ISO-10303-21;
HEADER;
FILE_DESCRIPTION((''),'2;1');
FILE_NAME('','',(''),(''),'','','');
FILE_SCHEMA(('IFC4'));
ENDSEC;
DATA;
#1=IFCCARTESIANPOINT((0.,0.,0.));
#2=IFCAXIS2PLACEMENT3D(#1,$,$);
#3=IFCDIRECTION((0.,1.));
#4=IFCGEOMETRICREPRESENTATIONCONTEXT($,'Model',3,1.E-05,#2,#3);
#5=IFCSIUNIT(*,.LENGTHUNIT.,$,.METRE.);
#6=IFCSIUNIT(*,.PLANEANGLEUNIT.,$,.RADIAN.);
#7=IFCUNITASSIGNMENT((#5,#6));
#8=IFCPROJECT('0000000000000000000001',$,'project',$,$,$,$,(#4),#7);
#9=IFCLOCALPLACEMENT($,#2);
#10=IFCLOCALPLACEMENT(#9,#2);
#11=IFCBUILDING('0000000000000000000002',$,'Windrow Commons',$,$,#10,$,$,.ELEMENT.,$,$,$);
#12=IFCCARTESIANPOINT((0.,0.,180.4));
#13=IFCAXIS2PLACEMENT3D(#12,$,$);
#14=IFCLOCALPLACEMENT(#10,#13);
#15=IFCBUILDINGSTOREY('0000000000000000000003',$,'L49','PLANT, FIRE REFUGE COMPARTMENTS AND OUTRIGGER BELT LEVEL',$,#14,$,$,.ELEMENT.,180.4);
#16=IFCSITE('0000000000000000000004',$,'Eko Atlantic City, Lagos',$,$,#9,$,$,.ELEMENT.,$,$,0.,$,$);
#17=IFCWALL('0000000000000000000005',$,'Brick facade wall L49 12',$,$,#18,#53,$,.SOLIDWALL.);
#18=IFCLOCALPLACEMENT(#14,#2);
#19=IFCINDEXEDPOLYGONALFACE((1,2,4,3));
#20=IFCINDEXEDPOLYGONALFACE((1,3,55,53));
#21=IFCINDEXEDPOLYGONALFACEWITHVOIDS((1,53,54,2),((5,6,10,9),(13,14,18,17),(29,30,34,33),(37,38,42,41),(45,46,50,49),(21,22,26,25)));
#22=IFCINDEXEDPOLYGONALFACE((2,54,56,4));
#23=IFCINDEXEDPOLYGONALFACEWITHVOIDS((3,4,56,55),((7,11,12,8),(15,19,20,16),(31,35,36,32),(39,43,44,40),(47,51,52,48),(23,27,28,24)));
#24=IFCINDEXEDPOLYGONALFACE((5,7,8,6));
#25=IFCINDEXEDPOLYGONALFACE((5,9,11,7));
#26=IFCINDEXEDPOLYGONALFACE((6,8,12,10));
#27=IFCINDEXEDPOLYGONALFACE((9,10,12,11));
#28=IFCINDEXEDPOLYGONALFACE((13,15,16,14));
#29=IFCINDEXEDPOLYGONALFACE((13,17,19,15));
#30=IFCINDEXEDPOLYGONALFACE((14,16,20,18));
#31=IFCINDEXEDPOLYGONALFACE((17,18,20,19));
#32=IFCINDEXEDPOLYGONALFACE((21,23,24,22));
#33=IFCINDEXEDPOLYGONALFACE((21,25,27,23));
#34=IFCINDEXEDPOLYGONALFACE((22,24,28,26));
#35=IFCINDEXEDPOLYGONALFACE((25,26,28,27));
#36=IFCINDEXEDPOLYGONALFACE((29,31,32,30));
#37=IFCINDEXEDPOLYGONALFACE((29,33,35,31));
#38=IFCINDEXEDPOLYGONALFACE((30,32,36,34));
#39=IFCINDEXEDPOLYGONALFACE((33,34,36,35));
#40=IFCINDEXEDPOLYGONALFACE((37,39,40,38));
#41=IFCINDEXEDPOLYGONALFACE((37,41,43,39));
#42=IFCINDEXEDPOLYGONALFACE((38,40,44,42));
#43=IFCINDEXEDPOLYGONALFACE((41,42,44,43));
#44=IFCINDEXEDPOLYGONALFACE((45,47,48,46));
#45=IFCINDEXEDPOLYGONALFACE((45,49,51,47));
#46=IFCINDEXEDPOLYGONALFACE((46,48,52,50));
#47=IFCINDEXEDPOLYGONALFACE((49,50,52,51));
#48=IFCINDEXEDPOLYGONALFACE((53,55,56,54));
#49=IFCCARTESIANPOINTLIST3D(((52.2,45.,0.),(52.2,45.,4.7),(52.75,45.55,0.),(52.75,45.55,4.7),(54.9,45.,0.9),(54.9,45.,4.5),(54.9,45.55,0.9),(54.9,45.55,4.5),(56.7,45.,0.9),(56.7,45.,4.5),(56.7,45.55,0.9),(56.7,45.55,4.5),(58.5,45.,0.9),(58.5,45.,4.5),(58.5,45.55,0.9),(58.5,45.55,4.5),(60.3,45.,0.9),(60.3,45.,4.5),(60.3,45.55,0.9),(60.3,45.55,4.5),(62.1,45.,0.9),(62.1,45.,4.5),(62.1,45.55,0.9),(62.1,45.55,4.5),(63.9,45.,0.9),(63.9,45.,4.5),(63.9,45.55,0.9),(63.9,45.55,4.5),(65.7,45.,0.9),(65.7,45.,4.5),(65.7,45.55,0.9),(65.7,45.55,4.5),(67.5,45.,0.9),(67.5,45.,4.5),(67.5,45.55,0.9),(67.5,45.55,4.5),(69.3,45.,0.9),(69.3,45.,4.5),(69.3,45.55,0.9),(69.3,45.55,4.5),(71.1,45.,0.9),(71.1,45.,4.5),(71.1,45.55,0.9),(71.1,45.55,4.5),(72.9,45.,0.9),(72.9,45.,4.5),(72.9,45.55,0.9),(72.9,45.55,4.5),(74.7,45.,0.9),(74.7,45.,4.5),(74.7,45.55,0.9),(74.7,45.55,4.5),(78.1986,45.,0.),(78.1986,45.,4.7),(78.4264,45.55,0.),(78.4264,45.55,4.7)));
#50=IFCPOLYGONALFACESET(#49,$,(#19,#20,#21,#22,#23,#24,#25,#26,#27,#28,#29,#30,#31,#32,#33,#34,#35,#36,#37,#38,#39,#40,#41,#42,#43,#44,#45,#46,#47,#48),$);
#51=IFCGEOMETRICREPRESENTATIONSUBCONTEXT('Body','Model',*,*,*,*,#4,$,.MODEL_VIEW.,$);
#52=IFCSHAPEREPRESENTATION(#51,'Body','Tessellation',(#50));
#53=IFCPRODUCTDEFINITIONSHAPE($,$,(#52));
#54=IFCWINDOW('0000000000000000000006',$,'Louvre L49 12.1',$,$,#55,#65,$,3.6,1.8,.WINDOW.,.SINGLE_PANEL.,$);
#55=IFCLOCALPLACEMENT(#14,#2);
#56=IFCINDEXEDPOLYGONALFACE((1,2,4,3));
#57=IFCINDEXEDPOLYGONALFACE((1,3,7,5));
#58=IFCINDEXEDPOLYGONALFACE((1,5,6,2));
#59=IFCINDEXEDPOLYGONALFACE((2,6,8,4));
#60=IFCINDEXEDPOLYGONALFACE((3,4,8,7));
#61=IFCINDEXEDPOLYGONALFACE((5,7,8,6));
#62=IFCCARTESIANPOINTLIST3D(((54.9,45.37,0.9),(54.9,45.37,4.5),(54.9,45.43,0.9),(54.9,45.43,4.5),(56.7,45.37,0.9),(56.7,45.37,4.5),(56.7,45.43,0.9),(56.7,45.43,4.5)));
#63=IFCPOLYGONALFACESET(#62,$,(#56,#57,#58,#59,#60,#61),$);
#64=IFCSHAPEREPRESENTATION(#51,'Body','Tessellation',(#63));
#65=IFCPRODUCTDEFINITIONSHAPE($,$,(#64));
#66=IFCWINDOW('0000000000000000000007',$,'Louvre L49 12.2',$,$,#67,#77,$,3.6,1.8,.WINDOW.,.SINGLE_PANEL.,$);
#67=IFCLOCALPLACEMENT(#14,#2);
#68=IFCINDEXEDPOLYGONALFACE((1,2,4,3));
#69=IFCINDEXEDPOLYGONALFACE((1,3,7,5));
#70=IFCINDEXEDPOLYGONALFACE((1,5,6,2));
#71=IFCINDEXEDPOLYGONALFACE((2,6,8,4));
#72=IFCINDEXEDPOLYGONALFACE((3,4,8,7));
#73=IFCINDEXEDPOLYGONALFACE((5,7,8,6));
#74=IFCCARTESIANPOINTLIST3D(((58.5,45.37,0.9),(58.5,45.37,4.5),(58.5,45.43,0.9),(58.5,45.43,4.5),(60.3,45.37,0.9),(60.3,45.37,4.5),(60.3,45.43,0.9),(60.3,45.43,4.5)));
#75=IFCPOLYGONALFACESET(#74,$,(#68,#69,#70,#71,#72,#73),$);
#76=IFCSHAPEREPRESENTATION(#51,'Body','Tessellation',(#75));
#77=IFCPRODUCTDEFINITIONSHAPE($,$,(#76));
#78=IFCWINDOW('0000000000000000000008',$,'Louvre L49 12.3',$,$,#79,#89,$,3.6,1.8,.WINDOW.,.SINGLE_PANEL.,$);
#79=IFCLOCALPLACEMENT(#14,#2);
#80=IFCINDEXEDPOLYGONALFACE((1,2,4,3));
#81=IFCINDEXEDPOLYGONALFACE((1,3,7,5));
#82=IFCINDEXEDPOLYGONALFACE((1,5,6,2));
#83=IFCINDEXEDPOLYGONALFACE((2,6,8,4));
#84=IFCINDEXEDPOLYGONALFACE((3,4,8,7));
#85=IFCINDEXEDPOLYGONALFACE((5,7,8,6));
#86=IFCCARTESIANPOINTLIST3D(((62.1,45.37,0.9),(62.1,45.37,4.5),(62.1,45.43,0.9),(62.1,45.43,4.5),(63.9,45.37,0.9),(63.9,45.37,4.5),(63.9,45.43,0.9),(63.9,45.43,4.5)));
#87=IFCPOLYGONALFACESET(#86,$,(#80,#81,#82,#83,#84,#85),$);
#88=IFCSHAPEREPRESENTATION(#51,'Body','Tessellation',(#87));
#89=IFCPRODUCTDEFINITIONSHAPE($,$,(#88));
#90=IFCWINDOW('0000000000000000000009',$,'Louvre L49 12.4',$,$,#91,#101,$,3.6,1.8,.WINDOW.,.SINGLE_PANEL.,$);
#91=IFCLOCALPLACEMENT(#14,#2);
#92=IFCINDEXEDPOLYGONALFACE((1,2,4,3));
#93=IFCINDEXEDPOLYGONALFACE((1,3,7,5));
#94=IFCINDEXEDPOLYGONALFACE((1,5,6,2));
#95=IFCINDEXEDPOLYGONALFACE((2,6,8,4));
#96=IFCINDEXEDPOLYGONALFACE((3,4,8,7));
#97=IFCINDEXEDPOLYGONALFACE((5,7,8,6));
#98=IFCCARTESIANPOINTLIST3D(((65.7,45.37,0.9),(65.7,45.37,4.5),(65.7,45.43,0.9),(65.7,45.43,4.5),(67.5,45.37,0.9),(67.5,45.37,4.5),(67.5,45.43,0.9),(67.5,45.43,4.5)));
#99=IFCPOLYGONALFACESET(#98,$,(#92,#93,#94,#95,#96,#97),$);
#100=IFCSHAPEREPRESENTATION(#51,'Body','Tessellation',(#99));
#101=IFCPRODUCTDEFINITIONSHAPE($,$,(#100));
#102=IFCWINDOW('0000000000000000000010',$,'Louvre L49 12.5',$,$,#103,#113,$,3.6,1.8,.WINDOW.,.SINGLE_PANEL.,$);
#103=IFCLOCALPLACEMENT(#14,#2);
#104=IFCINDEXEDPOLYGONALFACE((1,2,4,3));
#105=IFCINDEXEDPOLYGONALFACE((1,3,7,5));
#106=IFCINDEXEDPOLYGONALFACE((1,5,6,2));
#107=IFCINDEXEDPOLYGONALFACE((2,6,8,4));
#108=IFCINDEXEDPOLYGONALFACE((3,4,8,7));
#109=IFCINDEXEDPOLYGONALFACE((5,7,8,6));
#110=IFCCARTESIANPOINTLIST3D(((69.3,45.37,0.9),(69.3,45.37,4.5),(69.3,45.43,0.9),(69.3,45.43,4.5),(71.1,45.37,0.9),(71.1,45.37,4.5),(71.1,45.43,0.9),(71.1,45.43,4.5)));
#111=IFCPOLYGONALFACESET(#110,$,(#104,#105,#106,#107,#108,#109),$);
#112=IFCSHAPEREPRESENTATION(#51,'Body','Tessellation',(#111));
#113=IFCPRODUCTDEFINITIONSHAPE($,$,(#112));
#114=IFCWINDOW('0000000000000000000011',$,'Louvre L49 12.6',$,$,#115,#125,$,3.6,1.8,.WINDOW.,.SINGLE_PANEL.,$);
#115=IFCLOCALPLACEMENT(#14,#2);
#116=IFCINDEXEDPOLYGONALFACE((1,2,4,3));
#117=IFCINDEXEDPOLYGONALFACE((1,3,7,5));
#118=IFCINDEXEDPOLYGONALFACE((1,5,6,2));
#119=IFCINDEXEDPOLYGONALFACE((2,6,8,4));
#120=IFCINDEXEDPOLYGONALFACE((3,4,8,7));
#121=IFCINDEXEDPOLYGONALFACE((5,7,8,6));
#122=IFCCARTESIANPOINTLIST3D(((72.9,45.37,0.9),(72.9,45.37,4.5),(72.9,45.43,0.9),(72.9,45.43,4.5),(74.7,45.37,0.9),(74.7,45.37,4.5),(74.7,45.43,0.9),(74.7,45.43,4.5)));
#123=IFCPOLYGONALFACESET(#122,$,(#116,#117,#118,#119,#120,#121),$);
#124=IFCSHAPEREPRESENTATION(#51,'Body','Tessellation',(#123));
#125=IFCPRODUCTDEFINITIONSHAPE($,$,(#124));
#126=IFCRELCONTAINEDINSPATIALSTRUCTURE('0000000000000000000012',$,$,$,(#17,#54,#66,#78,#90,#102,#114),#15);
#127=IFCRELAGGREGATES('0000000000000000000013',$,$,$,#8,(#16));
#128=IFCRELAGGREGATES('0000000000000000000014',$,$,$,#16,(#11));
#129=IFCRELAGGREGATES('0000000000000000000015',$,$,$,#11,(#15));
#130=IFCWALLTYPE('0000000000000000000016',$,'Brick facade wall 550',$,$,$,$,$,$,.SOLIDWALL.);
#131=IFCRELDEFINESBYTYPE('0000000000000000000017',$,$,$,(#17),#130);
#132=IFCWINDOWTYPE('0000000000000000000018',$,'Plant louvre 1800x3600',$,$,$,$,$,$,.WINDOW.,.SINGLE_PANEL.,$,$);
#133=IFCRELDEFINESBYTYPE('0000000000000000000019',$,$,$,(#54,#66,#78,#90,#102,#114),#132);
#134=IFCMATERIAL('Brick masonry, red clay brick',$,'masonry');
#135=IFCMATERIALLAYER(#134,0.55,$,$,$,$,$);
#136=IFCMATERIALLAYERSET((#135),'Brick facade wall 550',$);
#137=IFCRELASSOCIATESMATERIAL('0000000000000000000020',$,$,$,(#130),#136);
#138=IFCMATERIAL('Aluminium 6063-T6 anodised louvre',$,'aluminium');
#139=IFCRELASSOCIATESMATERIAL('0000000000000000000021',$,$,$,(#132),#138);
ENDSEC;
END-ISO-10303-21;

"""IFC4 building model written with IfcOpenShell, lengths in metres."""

from ifc_helpers import new_model, si_unit, direction, frame, frame_2d, origin, place, context, subcontext, project, spatial, polyline, rectangle, outline, extrude, material, layer, layer_set, type_object, element, fill, save


model = new_model("IFC4")

# Units and contexts
model_context = context("Model", 3, precision=1e-05, world=origin(), true_north=direction((0.0, 1.0)))
body_context = subcontext(model_context, "Body", "Model", "MODEL_VIEW")
ifc_project = project(units=[si_unit("LENGTHUNIT", "METRE"), si_unit("PLANEANGLEUNIT", "RADIAN")], contexts=[model_context])

# Site, building, storey
site_placement = place(None, origin())
site = spatial("IfcSite", under=ifc_project, at=site_placement, Name="Eko Atlantic City, Lagos", CompositionType="ELEMENT", RefElevation=0.0)
building_placement = place(site_placement, origin())
building = spatial("IfcBuilding", under=site, at=building_placement, Name="Windrow Commons", CompositionType="ELEMENT")
storey_placement = place(building_placement, frame((0.0, 0.0, 180.4)))
storey = spatial("IfcBuildingStorey", under=building, at=storey_placement, Name="L49", Description="PLANT, FIRE REFUGE COMPARTMENTS AND OUTRIGGER BELT LEVEL", CompositionType="ELEMENT", Elevation=180.4)

# Wall, openings, windows
ifc_material_1 = material(Name="Brick masonry, red clay brick", Category="masonry")
ifc_layer_1 = layer(ifc_material_1, 0.55)
ifc_layer_set_1 = layer_set([ifc_layer_1], Name="Brick facade wall 550")
wall_type_1 = type_object("IfcWallType", Name="Brick facade wall 550", PredefinedType="SOLIDWALL", material=ifc_layer_set_1)
wall_1_placement = place(storey_placement, frame((52.475, 45.275, 0.0), z_axis=(0.0, 0.0, 1.0), x_axis=(1.0, 0.0, 0.0)))
wall_1 = element("IfcWall", 1, at=wall_1_placement, inside=storey, type_object=wall_type_1, Name="Brick facade wall L49 12", PredefinedType="SOLIDWALL", context=body_context, shape_type="SweptSolid", body=[
    extrude(outline(polyline([(-0.275, -0.275), (25.7236, -0.275), (25.9514, 0.275), (0.275, 0.275), (-0.275, -0.275)])), origin(), (0.0, 0.0, 1.0), 4.7),
])
opening_1_placement = place(wall_1_placement, frame((2.425, 0.0, 0.9)))
opening_1 = element("IfcOpeningElement", 2, at=opening_1_placement, cuts=wall_1, PredefinedType="OPENING", context=body_context, shape_type="SweptSolid", body=[
    extrude(rectangle(XDim=1.8, YDim=3.6, at=frame_2d((0.9, 1.8))), frame((0.0, 0.285, 0.0), z_axis=(0.0, -1.0, 0.0), x_axis=(1.0, 0.0, 0.0)), (0.0, 0.0, 1.0), 0.57),
])
opening_2_placement = place(wall_1_placement, frame((6.025, 0.0, 0.9)))
opening_2 = element("IfcOpeningElement", 3, at=opening_2_placement, cuts=wall_1, PredefinedType="OPENING", context=body_context, shape_type="SweptSolid", body=[
    extrude(rectangle(XDim=1.8, YDim=3.6, at=frame_2d((0.9, 1.8))), frame((0.0, 0.285, 0.0), z_axis=(0.0, -1.0, 0.0), x_axis=(1.0, 0.0, 0.0)), (0.0, 0.0, 1.0), 0.57),
])
opening_3_placement = place(wall_1_placement, frame((9.625, 0.0, 0.9)))
opening_3 = element("IfcOpeningElement", 4, at=opening_3_placement, cuts=wall_1, PredefinedType="OPENING", context=body_context, shape_type="SweptSolid", body=[
    extrude(rectangle(XDim=1.8, YDim=3.6, at=frame_2d((0.9, 1.8))), frame((0.0, 0.285, 0.0), z_axis=(0.0, -1.0, 0.0), x_axis=(1.0, 0.0, 0.0)), (0.0, 0.0, 1.0), 0.57),
])
opening_4_placement = place(wall_1_placement, frame((13.225, 0.0, 0.9)))
opening_4 = element("IfcOpeningElement", 5, at=opening_4_placement, cuts=wall_1, PredefinedType="OPENING", context=body_context, shape_type="SweptSolid", body=[
    extrude(rectangle(XDim=1.8, YDim=3.6, at=frame_2d((0.9, 1.8))), frame((0.0, 0.285, 0.0), z_axis=(0.0, -1.0, 0.0), x_axis=(1.0, 0.0, 0.0)), (0.0, 0.0, 1.0), 0.57),
])
opening_5_placement = place(wall_1_placement, frame((16.825, 0.0, 0.9)))
opening_5 = element("IfcOpeningElement", 6, at=opening_5_placement, cuts=wall_1, PredefinedType="OPENING", context=body_context, shape_type="SweptSolid", body=[
    extrude(rectangle(XDim=1.8, YDim=3.6, at=frame_2d((0.9, 1.8))), frame((0.0, 0.285, 0.0), z_axis=(0.0, -1.0, 0.0), x_axis=(1.0, 0.0, 0.0)), (0.0, 0.0, 1.0), 0.57),
])
opening_6_placement = place(wall_1_placement, frame((20.425, 0.0, 0.9)))
opening_6 = element("IfcOpeningElement", 7, at=opening_6_placement, cuts=wall_1, PredefinedType="OPENING", context=body_context, shape_type="SweptSolid", body=[
    extrude(rectangle(XDim=1.8, YDim=3.6, at=frame_2d((0.9, 1.8))), frame((0.0, 0.285, 0.0), z_axis=(0.0, -1.0, 0.0), x_axis=(1.0, 0.0, 0.0)), (0.0, 0.0, 1.0), 0.57),
])
ifc_material_2 = material(Name="Aluminium 6063-T6 anodised louvre", Category="aluminium")
window_type = type_object("IfcWindowType", Name="Plant louvre 1800x3600", PartitioningType="SINGLE_PANEL", PredefinedType="WINDOW", material=ifc_material_2)
window_1_placement = place(opening_1_placement, origin())
window_1 = element("IfcWindow", 8, at=window_1_placement, inside=storey, type_object=window_type, Name="Louvre L49 12.1", OverallHeight=3.6, OverallWidth=1.8, PartitioningType="SINGLE_PANEL", PredefinedType="WINDOW", context=body_context, shape_type="SweptSolid", body=[
    extrude(rectangle(XDim=1.8, YDim=3.6, at=frame_2d((0.9, 1.8))), frame((0.0, 0.155, 0.0), z_axis=(0.0, -1.0, 0.0), x_axis=(1.0, 0.0, 0.0)), (0.0, 0.0, 1.0), 0.06),
])
fill(opening_1, window_1)
window_2_placement = place(opening_2_placement, origin())
window_2 = element("IfcWindow", 9, at=window_2_placement, inside=storey, type_object=window_type, Name="Louvre L49 12.2", OverallHeight=3.6, OverallWidth=1.8, PartitioningType="SINGLE_PANEL", PredefinedType="WINDOW", context=body_context, shape_type="SweptSolid", body=[
    extrude(rectangle(XDim=1.8, YDim=3.6, at=frame_2d((0.9, 1.8))), frame((0.0, 0.155, 0.0), z_axis=(0.0, -1.0, 0.0), x_axis=(1.0, 0.0, 0.0)), (0.0, 0.0, 1.0), 0.06),
])
fill(opening_2, window_2)
window_3_placement = place(opening_3_placement, origin())
window_3 = element("IfcWindow", 10, at=window_3_placement, inside=storey, type_object=window_type, Name="Louvre L49 12.3", OverallHeight=3.6, OverallWidth=1.8, PartitioningType="SINGLE_PANEL", PredefinedType="WINDOW", context=body_context, shape_type="SweptSolid", body=[
    extrude(rectangle(XDim=1.8, YDim=3.6, at=frame_2d((0.9, 1.8))), frame((0.0, 0.155, 0.0), z_axis=(0.0, -1.0, 0.0), x_axis=(1.0, 0.0, 0.0)), (0.0, 0.0, 1.0), 0.06),
])
fill(opening_3, window_3)
window_4_placement = place(opening_4_placement, origin())
window_4 = element("IfcWindow", 11, at=window_4_placement, inside=storey, type_object=window_type, Name="Louvre L49 12.4", OverallHeight=3.6, OverallWidth=1.8, PartitioningType="SINGLE_PANEL", PredefinedType="WINDOW", context=body_context, shape_type="SweptSolid", body=[
    extrude(rectangle(XDim=1.8, YDim=3.6, at=frame_2d((0.9, 1.8))), frame((0.0, 0.155, 0.0), z_axis=(0.0, -1.0, 0.0), x_axis=(1.0, 0.0, 0.0)), (0.0, 0.0, 1.0), 0.06),
])
fill(opening_4, window_4)
window_5_placement = place(opening_5_placement, origin())
window_5 = element("IfcWindow", 12, at=window_5_placement, inside=storey, type_object=window_type, Name="Louvre L49 12.5", OverallHeight=3.6, OverallWidth=1.8, PartitioningType="SINGLE_PANEL", PredefinedType="WINDOW", context=body_context, shape_type="SweptSolid", body=[
    extrude(rectangle(XDim=1.8, YDim=3.6, at=frame_2d((0.9, 1.8))), frame((0.0, 0.155, 0.0), z_axis=(0.0, -1.0, 0.0), x_axis=(1.0, 0.0, 0.0)), (0.0, 0.0, 1.0), 0.06),
])
fill(opening_5, window_5)
window_6_placement = place(opening_6_placement, origin())
window_6 = element("IfcWindow", 13, at=window_6_placement, inside=storey, type_object=window_type, Name="Louvre L49 12.6", OverallHeight=3.6, OverallWidth=1.8, PartitioningType="SINGLE_PANEL", PredefinedType="WINDOW", context=body_context, shape_type="SweptSolid", body=[
    extrude(rectangle(XDim=1.8, YDim=3.6, at=frame_2d((0.9, 1.8))), frame((0.0, 0.155, 0.0), z_axis=(0.0, -1.0, 0.0), x_axis=(1.0, 0.0, 0.0)), (0.0, 0.0, 1.0), 0.06),
])
fill(opening_6, window_6)

save(model, "model.ifc")
